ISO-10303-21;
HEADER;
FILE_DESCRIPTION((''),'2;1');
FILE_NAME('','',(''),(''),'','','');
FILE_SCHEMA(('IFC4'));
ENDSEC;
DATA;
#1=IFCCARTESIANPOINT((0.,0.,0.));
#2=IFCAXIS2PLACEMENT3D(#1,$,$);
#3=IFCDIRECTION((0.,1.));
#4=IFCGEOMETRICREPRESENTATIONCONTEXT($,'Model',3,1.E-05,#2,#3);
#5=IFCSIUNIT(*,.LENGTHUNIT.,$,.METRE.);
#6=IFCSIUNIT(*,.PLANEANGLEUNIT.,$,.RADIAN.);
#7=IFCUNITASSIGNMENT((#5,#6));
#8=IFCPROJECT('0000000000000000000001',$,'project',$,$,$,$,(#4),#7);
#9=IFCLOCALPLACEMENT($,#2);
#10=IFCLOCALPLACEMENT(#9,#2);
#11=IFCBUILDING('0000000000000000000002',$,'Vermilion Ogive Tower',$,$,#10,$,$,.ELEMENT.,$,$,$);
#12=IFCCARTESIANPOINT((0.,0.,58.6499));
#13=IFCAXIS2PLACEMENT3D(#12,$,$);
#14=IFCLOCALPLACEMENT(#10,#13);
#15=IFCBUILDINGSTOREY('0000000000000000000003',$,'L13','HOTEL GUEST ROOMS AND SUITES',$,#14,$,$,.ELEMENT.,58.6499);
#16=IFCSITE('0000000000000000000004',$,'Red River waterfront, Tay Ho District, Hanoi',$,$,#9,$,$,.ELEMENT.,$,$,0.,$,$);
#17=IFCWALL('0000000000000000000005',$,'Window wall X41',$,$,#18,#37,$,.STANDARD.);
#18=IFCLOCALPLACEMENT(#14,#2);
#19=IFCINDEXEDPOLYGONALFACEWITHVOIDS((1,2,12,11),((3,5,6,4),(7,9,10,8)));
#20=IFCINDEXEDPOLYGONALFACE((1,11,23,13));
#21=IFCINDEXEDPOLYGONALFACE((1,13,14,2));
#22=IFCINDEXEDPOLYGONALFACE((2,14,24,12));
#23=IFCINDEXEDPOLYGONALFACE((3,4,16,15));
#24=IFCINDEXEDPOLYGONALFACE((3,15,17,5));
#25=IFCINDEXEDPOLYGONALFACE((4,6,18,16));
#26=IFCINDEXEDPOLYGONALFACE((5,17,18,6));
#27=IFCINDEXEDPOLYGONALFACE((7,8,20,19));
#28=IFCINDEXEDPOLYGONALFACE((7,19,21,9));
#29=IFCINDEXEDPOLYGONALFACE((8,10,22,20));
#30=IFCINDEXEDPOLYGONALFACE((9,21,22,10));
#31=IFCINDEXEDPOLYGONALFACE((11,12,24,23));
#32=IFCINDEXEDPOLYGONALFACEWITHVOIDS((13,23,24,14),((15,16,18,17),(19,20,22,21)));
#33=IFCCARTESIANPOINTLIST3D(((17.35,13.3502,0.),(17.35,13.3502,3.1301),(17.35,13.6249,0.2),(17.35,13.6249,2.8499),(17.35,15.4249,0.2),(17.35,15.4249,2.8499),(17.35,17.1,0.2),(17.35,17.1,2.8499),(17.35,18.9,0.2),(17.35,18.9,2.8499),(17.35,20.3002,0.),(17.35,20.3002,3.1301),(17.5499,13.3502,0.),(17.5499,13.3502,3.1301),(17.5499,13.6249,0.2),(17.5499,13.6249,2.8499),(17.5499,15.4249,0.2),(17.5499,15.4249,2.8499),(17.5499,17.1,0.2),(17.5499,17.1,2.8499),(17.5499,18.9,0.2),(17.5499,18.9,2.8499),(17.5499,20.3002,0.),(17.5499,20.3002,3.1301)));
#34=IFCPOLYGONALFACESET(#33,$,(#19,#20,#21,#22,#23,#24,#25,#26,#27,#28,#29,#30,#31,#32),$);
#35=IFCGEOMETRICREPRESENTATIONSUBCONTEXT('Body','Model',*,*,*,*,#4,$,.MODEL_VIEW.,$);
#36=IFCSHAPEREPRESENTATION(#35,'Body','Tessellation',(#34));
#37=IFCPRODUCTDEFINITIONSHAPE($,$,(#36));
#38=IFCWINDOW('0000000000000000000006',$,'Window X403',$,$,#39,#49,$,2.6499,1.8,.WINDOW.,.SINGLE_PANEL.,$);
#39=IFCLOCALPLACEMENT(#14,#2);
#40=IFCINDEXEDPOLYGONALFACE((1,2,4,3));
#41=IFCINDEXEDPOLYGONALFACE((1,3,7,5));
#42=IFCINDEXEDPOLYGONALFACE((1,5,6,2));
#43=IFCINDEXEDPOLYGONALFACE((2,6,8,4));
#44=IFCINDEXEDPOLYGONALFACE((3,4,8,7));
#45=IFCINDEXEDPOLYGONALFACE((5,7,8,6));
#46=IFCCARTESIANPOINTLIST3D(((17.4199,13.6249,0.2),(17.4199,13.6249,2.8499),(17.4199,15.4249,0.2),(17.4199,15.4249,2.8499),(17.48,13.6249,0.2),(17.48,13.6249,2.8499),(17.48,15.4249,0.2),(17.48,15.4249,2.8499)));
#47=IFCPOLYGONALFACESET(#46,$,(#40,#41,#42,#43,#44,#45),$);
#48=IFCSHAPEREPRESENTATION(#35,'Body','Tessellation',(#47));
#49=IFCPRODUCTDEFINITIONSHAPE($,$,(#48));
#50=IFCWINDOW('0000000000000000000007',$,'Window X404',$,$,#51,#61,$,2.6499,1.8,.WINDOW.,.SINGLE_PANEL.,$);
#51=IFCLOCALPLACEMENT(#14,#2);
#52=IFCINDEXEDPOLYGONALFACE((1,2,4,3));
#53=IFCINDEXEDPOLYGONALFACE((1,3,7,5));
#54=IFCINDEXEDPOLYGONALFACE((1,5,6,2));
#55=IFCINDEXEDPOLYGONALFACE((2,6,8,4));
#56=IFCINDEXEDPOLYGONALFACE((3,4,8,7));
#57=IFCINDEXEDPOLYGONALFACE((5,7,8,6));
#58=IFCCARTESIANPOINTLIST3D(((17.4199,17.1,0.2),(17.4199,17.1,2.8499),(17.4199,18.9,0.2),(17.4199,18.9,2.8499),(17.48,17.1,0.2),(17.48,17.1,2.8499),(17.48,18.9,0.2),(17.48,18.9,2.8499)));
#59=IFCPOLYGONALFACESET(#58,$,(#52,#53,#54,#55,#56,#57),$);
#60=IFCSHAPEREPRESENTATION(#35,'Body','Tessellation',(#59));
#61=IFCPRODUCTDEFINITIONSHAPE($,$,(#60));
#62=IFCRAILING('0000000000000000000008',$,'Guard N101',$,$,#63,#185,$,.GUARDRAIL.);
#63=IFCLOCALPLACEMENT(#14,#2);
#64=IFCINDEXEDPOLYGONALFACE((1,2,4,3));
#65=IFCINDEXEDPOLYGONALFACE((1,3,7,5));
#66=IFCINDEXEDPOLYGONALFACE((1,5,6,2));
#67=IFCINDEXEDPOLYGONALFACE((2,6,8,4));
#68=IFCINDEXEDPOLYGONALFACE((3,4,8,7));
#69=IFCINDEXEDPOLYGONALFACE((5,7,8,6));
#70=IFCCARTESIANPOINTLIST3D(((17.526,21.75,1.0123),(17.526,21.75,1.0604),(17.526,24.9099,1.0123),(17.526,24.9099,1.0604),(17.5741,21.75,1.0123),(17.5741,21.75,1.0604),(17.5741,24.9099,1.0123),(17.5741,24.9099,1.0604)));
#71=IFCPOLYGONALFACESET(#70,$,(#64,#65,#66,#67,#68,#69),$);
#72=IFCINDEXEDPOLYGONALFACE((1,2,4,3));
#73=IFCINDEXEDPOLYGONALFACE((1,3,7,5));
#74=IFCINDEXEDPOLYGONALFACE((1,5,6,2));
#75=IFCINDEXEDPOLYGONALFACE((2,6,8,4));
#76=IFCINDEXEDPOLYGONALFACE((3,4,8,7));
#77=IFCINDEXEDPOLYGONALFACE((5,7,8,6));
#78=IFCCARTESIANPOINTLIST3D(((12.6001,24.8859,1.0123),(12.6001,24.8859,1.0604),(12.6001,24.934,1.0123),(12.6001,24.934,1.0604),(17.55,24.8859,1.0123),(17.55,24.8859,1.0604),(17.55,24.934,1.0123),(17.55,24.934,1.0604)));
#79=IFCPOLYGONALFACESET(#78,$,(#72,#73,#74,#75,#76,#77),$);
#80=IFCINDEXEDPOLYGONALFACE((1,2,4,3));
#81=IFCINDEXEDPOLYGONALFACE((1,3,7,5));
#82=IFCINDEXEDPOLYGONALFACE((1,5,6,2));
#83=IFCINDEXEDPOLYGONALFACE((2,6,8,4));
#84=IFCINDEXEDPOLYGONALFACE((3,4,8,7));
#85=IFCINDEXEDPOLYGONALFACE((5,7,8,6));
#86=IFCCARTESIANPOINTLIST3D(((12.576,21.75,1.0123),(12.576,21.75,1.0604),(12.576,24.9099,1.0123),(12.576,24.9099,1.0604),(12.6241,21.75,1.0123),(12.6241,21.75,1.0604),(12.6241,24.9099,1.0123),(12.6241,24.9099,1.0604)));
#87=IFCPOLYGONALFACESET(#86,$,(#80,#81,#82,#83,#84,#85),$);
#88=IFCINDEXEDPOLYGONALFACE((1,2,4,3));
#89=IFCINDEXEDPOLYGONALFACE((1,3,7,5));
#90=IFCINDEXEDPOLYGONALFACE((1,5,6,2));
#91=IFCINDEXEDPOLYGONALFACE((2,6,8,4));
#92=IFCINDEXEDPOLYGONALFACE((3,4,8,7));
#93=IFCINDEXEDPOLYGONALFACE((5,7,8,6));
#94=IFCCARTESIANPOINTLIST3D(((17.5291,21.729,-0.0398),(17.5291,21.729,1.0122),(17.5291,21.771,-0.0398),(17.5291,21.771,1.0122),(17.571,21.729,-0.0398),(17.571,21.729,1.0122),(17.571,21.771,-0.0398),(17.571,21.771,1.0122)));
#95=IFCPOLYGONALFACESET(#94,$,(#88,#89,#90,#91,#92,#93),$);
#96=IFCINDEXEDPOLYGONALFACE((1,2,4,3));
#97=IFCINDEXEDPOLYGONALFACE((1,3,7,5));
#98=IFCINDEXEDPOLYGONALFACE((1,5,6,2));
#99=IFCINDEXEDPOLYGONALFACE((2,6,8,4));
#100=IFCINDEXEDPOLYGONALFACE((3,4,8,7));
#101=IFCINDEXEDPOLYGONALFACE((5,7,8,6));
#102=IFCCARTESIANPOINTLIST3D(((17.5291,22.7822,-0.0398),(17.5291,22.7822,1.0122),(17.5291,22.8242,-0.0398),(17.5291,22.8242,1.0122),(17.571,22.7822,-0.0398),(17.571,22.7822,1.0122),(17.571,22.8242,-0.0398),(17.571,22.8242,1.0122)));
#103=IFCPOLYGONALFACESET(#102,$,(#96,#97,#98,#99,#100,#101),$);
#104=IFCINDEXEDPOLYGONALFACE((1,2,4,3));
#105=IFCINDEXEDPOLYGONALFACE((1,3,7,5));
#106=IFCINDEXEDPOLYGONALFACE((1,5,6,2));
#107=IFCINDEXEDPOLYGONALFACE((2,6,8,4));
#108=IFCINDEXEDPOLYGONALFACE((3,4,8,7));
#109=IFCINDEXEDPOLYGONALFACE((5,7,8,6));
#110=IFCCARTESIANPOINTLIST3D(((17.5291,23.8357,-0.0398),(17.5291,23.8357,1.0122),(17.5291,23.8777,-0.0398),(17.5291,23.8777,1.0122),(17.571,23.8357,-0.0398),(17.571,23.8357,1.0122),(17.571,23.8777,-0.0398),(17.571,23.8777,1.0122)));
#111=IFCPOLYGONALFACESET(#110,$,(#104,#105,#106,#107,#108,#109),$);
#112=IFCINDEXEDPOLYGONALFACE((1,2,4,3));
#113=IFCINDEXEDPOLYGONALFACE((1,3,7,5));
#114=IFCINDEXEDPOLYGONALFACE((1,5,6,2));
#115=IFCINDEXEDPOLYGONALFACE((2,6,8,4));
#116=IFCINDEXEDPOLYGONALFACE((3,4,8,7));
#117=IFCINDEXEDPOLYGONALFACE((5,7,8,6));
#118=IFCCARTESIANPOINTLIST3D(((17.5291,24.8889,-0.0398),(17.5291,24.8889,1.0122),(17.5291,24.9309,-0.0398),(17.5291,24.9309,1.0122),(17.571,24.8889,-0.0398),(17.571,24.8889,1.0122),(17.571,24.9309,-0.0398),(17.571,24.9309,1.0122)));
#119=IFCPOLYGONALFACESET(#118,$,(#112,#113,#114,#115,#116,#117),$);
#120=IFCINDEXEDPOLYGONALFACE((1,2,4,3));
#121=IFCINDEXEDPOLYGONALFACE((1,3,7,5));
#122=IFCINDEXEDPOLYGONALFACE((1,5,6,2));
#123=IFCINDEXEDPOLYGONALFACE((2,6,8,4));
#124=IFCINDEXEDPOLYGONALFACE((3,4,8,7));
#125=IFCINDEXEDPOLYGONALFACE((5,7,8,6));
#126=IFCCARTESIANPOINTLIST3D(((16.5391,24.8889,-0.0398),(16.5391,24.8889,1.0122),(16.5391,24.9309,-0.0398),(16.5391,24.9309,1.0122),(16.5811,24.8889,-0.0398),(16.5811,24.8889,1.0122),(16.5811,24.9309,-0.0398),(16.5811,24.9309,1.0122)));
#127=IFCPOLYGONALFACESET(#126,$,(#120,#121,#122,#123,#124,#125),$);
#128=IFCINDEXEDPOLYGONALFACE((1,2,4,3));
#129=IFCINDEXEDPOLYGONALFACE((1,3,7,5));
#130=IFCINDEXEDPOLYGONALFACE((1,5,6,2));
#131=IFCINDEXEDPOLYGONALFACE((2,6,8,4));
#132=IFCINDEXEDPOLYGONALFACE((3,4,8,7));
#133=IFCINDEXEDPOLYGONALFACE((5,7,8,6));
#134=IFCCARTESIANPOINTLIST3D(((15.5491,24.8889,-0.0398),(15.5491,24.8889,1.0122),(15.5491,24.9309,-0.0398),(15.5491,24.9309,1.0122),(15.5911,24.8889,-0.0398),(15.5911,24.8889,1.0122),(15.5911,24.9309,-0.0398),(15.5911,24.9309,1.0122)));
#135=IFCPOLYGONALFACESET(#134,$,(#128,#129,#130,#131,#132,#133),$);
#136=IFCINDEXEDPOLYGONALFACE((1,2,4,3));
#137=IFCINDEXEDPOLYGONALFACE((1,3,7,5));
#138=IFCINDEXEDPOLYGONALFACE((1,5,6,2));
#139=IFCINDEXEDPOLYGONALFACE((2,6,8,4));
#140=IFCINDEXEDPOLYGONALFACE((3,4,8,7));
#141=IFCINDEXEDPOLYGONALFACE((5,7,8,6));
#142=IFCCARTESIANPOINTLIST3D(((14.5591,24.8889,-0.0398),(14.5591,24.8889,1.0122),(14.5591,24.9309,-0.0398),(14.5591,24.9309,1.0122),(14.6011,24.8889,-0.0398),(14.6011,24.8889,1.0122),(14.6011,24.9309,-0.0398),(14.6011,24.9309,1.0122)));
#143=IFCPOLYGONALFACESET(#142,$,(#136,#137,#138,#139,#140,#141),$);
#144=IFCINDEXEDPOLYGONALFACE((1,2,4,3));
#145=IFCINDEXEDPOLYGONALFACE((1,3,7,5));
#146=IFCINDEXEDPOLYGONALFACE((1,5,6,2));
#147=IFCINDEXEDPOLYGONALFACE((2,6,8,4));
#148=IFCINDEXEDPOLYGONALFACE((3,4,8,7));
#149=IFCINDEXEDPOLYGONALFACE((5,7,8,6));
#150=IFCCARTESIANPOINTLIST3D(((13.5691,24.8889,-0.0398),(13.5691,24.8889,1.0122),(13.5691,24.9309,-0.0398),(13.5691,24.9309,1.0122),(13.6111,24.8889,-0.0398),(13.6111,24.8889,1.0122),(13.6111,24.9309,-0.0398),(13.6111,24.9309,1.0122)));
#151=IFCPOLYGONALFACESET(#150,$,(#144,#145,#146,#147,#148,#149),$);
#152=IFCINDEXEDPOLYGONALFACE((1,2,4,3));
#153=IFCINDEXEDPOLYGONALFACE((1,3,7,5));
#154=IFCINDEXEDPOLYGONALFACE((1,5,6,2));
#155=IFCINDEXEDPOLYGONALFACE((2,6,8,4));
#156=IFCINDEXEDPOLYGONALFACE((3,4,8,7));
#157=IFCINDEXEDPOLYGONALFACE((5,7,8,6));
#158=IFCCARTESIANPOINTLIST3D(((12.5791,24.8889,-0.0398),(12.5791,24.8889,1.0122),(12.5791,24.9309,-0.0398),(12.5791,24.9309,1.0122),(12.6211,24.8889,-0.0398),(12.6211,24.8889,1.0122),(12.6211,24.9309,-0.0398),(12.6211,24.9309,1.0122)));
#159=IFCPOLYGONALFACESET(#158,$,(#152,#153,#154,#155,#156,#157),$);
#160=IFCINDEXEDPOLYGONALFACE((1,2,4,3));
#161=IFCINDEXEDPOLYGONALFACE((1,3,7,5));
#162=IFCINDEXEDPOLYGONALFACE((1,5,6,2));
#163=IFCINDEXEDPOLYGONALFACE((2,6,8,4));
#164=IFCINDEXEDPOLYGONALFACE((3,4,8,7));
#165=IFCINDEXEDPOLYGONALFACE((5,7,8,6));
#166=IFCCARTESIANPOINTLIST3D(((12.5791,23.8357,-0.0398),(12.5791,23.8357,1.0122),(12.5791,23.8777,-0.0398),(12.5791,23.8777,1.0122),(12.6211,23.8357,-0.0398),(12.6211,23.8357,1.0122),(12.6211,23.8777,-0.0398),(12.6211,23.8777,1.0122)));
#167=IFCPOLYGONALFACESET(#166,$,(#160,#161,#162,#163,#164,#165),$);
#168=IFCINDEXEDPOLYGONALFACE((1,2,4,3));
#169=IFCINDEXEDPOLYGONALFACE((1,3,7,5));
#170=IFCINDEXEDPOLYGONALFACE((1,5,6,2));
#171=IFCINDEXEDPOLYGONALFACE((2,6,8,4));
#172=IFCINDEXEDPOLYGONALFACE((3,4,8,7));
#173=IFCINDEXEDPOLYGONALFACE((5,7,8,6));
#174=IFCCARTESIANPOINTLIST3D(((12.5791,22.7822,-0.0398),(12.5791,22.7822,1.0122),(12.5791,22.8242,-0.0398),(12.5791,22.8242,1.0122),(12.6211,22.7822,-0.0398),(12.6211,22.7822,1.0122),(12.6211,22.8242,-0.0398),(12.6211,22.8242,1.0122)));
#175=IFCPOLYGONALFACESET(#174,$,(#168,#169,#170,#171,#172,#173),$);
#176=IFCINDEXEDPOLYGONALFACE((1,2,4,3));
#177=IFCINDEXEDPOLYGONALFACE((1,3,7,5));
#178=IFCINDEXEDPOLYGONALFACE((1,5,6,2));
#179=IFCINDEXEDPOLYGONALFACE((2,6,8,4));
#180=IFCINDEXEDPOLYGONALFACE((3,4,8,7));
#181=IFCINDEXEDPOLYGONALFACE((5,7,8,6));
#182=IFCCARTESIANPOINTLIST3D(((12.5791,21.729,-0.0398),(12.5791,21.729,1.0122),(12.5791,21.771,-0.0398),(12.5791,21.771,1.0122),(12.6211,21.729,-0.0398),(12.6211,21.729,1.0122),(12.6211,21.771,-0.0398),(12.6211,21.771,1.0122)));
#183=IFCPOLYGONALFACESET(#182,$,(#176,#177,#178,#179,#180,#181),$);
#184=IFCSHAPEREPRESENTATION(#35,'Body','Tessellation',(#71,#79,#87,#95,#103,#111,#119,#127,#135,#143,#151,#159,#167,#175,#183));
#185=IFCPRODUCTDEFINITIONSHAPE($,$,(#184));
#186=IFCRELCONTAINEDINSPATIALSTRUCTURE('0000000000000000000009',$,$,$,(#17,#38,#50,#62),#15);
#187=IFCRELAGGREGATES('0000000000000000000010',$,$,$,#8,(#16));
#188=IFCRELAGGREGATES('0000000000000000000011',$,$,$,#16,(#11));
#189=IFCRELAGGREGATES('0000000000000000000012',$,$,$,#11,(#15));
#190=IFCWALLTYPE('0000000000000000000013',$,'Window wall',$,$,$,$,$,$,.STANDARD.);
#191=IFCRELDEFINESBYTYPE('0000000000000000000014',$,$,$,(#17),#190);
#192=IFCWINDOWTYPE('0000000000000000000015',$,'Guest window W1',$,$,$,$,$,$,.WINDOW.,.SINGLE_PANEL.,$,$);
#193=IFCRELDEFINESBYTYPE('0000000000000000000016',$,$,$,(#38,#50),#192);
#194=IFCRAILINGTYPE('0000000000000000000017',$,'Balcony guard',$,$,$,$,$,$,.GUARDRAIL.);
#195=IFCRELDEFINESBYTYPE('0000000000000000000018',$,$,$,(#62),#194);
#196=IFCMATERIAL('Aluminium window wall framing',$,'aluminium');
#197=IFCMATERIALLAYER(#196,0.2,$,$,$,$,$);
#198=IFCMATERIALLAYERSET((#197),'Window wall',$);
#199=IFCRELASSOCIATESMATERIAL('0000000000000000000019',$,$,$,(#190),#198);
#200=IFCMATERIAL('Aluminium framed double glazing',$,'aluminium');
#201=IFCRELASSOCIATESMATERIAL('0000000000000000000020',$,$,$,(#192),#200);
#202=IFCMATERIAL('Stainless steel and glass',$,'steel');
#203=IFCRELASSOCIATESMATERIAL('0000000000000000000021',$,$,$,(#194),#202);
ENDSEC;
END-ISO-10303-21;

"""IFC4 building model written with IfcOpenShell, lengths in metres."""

from ifc_helpers import new_model, si_unit, direction, frame, frame_2d, origin, origin_2d, place, context, subcontext, project, spatial, rectangle, extrude, material, layer, layer_set, type_object, element, fill, save


model = new_model("IFC4")

# Units and contexts
model_context = context("Model", 3, precision=1e-05, world=origin(), true_north=direction((0.0, 1.0)))
body_context = subcontext(model_context, "Body", "Model", "MODEL_VIEW")
ifc_project = project(units=[si_unit("LENGTHUNIT", "METRE"), si_unit("PLANEANGLEUNIT", "RADIAN")], contexts=[model_context])

# Site, building, storey
site_placement = place(None, origin())
site = spatial("IfcSite", under=ifc_project, at=site_placement, Name="Red River waterfront, Tay Ho District, Hanoi", CompositionType="ELEMENT", RefElevation=0.0)
building_placement = place(site_placement, origin())
building = spatial("IfcBuilding", under=site, at=building_placement, Name="Vermilion Ogive Tower", CompositionType="ELEMENT")
storey_placement = place(building_placement, frame((0.0, 0.0, 58.6499)))
storey = spatial("IfcBuildingStorey", under=building, at=storey_placement, Name="L13", Description="HOTEL GUEST ROOMS AND SUITES", CompositionType="ELEMENT", Elevation=58.6499)

# Shared definitions
ifc_material_1 = material(Name="Aluminium window wall framing", Category="aluminium")
ifc_layer_1 = layer(ifc_material_1, 0.2)
ifc_layer_set_1 = layer_set([ifc_layer_1], Name="Window wall")
wall_type_1 = type_object("IfcWallType", Name="Window wall", PredefinedType="STANDARD", material=ifc_layer_set_1)

# Wall, openings, windows
wall_1_placement = place(storey_placement, frame((17.45, 13.3501, 0.0), z_axis=(0.0, 0.0, 1.0), x_axis=(0.0, 1.0, 0.0)))
wall_1 = element("IfcWall", 1, at=wall_1_placement, inside=storey, type_object=wall_type_1, Name="Window wall X41", PredefinedType="STANDARD", context=body_context, shape_type="SweptSolid", body=[
    extrude(rectangle(XDim=6.95, YDim=0.2, at=frame_2d((3.4751, 0.0))), origin(), (0.0, 0.0, 1.0), 3.1301),
])
opening_1_placement = place(wall_1_placement, frame((0.2749, 0.0, 0.2)))
opening_1 = element("IfcOpeningElement", 2, at=opening_1_placement, cuts=wall_1, PredefinedType="OPENING", context=body_context, shape_type="SweptSolid", body=[
    extrude(rectangle(XDim=1.8, YDim=2.6499, at=frame_2d((0.8999, 1.325))), frame((0.0, 0.1099, 0.0), z_axis=(0.0, -1.0, 0.0), x_axis=(1.0, 0.0, 0.0)), (0.0, 0.0, 1.0), 0.22),
])
opening_2_placement = place(wall_1_placement, frame((3.75, 0.0, 0.2)))
opening_2 = element("IfcOpeningElement", 3, at=opening_2_placement, cuts=wall_1, PredefinedType="OPENING", context=body_context, shape_type="SweptSolid", body=[
    extrude(rectangle(XDim=1.8, YDim=2.6499, at=frame_2d((0.8999, 1.325))), frame((0.0, 0.1099, 0.0), z_axis=(0.0, -1.0, 0.0), x_axis=(1.0, 0.0, 0.0)), (0.0, 0.0, 1.0), 0.22),
])
ifc_material_2 = material(Name="Aluminium framed double glazing", Category="aluminium")
window_type = type_object("IfcWindowType", Name="Guest window W1", PartitioningType="SINGLE_PANEL", PredefinedType="WINDOW", material=ifc_material_2)
window_1_placement = place(opening_1_placement, origin())
window_1 = element("IfcWindow", 4, at=window_1_placement, inside=storey, type_object=window_type, Name="Window X403", OverallHeight=2.6499, OverallWidth=1.8, PartitioningType="SINGLE_PANEL", PredefinedType="WINDOW", context=body_context, shape_type="SweptSolid", body=[
    extrude(rectangle(XDim=1.8, YDim=2.6499, at=frame_2d((0.8999, 1.325))), frame((0.0, 0.03, 0.0), z_axis=(0.0, -1.0, 0.0), x_axis=(1.0, 0.0, 0.0)), (0.0, 0.0, 1.0), 0.0601),
])
fill(opening_1, window_1)
window_2_placement = place(opening_2_placement, origin())
window_2 = element("IfcWindow", 5, at=window_2_placement, inside=storey, type_object=window_type, Name="Window X404", OverallHeight=2.6499, OverallWidth=1.8, PartitioningType="SINGLE_PANEL", PredefinedType="WINDOW", context=body_context, shape_type="SweptSolid", body=[
    extrude(rectangle(XDim=1.8, YDim=2.6499, at=frame_2d((0.8999, 1.325))), frame((0.0, 0.03, 0.0), z_axis=(0.0, -1.0, 0.0), x_axis=(1.0, 0.0, 0.0)), (0.0, 0.0, 1.0), 0.0601),
])
fill(opening_2, window_2)

# Railing
ifc_material_3 = material(Name="Stainless steel and glass", Category="steel")
railing_type = type_object("IfcRailingType", Name="Balcony guard", PredefinedType="GUARDRAIL", material=ifc_material_3)
railing_placement = place(storey_placement, frame((17.55, 21.75, -0.0398)))
element("IfcRailing", 6, at=railing_placement, inside=storey, type_object=railing_type, Name="Guard N101", PredefinedType="GUARDRAIL", context=body_context, shape_type="SweptSolid", body=[
    extrude(rectangle(XDim=0.0481, YDim=0.0481, at=origin_2d()), frame((0.0, 0.0, 1.0762), z_axis=(0.0, 1.0, 0.0), x_axis=(-1.0, 0.0, 0.0)), (0.0, 0.0, 1.0), 3.1599),
    extrude(rectangle(XDim=0.0481, YDim=0.0481, at=origin_2d()), frame((0.0, 3.1599, 1.0762), z_axis=(-1.0, 0.0, 0.0), x_axis=(0.0, -1.0, 0.0)), (0.0, 0.0, 1.0), 4.95),
    extrude(rectangle(XDim=0.0481, YDim=0.0481, at=origin_2d()), frame((-4.95, 3.1599, 1.0762), z_axis=(0.0, -1.0, 0.0), x_axis=(1.0, 0.0, 0.0)), (0.0, 0.0, 1.0), 3.1599),
    extrude(rectangle(XDim=0.042, YDim=0.042, at=origin_2d()), origin(), (0.0, 0.0, 1.0), 1.052),
    extrude(rectangle(XDim=0.042, YDim=0.042, at=origin_2d()), frame((0.0, 1.0532, 0.0)), (0.0, 0.0, 1.0), 1.052),
    extrude(rectangle(XDim=0.042, YDim=0.042, at=origin_2d()), frame((0.0, 2.1067, 0.0)), (0.0, 0.0, 1.0), 1.052),
    extrude(rectangle(XDim=0.042, YDim=0.042, at=origin_2d()), frame((0.0, 3.1599, 0.0)), (0.0, 0.0, 1.0), 1.052),
    extrude(rectangle(XDim=0.042, YDim=0.042, at=origin_2d()), frame((-0.99, 3.1599, 0.0)), (0.0, 0.0, 1.0), 1.052),
    extrude(rectangle(XDim=0.042, YDim=0.042, at=origin_2d()), frame((-1.98, 3.1599, 0.0)), (0.0, 0.0, 1.0), 1.052),
    extrude(rectangle(XDim=0.042, YDim=0.042, at=origin_2d()), frame((-2.97, 3.1599, 0.0)), (0.0, 0.0, 1.0), 1.052),
    extrude(rectangle(XDim=0.042, YDim=0.042, at=origin_2d()), frame((-3.96, 3.1599, 0.0)), (0.0, 0.0, 1.0), 1.052),
    extrude(rectangle(XDim=0.042, YDim=0.042, at=origin_2d()), frame((-4.95, 3.1599, 0.0)), (0.0, 0.0, 1.0), 1.052),
    extrude(rectangle(XDim=0.042, YDim=0.042, at=origin_2d()), frame((-4.95, 2.1067, 0.0)), (0.0, 0.0, 1.0), 1.052),
    extrude(rectangle(XDim=0.042, YDim=0.042, at=origin_2d()), frame((-4.95, 1.0532, 0.0)), (0.0, 0.0, 1.0), 1.052),
    extrude(rectangle(XDim=0.042, YDim=0.042, at=origin_2d()), frame((-4.95, 0.0, 0.0)), (0.0, 0.0, 1.0), 1.052),
])

save(model, "model.ifc")
